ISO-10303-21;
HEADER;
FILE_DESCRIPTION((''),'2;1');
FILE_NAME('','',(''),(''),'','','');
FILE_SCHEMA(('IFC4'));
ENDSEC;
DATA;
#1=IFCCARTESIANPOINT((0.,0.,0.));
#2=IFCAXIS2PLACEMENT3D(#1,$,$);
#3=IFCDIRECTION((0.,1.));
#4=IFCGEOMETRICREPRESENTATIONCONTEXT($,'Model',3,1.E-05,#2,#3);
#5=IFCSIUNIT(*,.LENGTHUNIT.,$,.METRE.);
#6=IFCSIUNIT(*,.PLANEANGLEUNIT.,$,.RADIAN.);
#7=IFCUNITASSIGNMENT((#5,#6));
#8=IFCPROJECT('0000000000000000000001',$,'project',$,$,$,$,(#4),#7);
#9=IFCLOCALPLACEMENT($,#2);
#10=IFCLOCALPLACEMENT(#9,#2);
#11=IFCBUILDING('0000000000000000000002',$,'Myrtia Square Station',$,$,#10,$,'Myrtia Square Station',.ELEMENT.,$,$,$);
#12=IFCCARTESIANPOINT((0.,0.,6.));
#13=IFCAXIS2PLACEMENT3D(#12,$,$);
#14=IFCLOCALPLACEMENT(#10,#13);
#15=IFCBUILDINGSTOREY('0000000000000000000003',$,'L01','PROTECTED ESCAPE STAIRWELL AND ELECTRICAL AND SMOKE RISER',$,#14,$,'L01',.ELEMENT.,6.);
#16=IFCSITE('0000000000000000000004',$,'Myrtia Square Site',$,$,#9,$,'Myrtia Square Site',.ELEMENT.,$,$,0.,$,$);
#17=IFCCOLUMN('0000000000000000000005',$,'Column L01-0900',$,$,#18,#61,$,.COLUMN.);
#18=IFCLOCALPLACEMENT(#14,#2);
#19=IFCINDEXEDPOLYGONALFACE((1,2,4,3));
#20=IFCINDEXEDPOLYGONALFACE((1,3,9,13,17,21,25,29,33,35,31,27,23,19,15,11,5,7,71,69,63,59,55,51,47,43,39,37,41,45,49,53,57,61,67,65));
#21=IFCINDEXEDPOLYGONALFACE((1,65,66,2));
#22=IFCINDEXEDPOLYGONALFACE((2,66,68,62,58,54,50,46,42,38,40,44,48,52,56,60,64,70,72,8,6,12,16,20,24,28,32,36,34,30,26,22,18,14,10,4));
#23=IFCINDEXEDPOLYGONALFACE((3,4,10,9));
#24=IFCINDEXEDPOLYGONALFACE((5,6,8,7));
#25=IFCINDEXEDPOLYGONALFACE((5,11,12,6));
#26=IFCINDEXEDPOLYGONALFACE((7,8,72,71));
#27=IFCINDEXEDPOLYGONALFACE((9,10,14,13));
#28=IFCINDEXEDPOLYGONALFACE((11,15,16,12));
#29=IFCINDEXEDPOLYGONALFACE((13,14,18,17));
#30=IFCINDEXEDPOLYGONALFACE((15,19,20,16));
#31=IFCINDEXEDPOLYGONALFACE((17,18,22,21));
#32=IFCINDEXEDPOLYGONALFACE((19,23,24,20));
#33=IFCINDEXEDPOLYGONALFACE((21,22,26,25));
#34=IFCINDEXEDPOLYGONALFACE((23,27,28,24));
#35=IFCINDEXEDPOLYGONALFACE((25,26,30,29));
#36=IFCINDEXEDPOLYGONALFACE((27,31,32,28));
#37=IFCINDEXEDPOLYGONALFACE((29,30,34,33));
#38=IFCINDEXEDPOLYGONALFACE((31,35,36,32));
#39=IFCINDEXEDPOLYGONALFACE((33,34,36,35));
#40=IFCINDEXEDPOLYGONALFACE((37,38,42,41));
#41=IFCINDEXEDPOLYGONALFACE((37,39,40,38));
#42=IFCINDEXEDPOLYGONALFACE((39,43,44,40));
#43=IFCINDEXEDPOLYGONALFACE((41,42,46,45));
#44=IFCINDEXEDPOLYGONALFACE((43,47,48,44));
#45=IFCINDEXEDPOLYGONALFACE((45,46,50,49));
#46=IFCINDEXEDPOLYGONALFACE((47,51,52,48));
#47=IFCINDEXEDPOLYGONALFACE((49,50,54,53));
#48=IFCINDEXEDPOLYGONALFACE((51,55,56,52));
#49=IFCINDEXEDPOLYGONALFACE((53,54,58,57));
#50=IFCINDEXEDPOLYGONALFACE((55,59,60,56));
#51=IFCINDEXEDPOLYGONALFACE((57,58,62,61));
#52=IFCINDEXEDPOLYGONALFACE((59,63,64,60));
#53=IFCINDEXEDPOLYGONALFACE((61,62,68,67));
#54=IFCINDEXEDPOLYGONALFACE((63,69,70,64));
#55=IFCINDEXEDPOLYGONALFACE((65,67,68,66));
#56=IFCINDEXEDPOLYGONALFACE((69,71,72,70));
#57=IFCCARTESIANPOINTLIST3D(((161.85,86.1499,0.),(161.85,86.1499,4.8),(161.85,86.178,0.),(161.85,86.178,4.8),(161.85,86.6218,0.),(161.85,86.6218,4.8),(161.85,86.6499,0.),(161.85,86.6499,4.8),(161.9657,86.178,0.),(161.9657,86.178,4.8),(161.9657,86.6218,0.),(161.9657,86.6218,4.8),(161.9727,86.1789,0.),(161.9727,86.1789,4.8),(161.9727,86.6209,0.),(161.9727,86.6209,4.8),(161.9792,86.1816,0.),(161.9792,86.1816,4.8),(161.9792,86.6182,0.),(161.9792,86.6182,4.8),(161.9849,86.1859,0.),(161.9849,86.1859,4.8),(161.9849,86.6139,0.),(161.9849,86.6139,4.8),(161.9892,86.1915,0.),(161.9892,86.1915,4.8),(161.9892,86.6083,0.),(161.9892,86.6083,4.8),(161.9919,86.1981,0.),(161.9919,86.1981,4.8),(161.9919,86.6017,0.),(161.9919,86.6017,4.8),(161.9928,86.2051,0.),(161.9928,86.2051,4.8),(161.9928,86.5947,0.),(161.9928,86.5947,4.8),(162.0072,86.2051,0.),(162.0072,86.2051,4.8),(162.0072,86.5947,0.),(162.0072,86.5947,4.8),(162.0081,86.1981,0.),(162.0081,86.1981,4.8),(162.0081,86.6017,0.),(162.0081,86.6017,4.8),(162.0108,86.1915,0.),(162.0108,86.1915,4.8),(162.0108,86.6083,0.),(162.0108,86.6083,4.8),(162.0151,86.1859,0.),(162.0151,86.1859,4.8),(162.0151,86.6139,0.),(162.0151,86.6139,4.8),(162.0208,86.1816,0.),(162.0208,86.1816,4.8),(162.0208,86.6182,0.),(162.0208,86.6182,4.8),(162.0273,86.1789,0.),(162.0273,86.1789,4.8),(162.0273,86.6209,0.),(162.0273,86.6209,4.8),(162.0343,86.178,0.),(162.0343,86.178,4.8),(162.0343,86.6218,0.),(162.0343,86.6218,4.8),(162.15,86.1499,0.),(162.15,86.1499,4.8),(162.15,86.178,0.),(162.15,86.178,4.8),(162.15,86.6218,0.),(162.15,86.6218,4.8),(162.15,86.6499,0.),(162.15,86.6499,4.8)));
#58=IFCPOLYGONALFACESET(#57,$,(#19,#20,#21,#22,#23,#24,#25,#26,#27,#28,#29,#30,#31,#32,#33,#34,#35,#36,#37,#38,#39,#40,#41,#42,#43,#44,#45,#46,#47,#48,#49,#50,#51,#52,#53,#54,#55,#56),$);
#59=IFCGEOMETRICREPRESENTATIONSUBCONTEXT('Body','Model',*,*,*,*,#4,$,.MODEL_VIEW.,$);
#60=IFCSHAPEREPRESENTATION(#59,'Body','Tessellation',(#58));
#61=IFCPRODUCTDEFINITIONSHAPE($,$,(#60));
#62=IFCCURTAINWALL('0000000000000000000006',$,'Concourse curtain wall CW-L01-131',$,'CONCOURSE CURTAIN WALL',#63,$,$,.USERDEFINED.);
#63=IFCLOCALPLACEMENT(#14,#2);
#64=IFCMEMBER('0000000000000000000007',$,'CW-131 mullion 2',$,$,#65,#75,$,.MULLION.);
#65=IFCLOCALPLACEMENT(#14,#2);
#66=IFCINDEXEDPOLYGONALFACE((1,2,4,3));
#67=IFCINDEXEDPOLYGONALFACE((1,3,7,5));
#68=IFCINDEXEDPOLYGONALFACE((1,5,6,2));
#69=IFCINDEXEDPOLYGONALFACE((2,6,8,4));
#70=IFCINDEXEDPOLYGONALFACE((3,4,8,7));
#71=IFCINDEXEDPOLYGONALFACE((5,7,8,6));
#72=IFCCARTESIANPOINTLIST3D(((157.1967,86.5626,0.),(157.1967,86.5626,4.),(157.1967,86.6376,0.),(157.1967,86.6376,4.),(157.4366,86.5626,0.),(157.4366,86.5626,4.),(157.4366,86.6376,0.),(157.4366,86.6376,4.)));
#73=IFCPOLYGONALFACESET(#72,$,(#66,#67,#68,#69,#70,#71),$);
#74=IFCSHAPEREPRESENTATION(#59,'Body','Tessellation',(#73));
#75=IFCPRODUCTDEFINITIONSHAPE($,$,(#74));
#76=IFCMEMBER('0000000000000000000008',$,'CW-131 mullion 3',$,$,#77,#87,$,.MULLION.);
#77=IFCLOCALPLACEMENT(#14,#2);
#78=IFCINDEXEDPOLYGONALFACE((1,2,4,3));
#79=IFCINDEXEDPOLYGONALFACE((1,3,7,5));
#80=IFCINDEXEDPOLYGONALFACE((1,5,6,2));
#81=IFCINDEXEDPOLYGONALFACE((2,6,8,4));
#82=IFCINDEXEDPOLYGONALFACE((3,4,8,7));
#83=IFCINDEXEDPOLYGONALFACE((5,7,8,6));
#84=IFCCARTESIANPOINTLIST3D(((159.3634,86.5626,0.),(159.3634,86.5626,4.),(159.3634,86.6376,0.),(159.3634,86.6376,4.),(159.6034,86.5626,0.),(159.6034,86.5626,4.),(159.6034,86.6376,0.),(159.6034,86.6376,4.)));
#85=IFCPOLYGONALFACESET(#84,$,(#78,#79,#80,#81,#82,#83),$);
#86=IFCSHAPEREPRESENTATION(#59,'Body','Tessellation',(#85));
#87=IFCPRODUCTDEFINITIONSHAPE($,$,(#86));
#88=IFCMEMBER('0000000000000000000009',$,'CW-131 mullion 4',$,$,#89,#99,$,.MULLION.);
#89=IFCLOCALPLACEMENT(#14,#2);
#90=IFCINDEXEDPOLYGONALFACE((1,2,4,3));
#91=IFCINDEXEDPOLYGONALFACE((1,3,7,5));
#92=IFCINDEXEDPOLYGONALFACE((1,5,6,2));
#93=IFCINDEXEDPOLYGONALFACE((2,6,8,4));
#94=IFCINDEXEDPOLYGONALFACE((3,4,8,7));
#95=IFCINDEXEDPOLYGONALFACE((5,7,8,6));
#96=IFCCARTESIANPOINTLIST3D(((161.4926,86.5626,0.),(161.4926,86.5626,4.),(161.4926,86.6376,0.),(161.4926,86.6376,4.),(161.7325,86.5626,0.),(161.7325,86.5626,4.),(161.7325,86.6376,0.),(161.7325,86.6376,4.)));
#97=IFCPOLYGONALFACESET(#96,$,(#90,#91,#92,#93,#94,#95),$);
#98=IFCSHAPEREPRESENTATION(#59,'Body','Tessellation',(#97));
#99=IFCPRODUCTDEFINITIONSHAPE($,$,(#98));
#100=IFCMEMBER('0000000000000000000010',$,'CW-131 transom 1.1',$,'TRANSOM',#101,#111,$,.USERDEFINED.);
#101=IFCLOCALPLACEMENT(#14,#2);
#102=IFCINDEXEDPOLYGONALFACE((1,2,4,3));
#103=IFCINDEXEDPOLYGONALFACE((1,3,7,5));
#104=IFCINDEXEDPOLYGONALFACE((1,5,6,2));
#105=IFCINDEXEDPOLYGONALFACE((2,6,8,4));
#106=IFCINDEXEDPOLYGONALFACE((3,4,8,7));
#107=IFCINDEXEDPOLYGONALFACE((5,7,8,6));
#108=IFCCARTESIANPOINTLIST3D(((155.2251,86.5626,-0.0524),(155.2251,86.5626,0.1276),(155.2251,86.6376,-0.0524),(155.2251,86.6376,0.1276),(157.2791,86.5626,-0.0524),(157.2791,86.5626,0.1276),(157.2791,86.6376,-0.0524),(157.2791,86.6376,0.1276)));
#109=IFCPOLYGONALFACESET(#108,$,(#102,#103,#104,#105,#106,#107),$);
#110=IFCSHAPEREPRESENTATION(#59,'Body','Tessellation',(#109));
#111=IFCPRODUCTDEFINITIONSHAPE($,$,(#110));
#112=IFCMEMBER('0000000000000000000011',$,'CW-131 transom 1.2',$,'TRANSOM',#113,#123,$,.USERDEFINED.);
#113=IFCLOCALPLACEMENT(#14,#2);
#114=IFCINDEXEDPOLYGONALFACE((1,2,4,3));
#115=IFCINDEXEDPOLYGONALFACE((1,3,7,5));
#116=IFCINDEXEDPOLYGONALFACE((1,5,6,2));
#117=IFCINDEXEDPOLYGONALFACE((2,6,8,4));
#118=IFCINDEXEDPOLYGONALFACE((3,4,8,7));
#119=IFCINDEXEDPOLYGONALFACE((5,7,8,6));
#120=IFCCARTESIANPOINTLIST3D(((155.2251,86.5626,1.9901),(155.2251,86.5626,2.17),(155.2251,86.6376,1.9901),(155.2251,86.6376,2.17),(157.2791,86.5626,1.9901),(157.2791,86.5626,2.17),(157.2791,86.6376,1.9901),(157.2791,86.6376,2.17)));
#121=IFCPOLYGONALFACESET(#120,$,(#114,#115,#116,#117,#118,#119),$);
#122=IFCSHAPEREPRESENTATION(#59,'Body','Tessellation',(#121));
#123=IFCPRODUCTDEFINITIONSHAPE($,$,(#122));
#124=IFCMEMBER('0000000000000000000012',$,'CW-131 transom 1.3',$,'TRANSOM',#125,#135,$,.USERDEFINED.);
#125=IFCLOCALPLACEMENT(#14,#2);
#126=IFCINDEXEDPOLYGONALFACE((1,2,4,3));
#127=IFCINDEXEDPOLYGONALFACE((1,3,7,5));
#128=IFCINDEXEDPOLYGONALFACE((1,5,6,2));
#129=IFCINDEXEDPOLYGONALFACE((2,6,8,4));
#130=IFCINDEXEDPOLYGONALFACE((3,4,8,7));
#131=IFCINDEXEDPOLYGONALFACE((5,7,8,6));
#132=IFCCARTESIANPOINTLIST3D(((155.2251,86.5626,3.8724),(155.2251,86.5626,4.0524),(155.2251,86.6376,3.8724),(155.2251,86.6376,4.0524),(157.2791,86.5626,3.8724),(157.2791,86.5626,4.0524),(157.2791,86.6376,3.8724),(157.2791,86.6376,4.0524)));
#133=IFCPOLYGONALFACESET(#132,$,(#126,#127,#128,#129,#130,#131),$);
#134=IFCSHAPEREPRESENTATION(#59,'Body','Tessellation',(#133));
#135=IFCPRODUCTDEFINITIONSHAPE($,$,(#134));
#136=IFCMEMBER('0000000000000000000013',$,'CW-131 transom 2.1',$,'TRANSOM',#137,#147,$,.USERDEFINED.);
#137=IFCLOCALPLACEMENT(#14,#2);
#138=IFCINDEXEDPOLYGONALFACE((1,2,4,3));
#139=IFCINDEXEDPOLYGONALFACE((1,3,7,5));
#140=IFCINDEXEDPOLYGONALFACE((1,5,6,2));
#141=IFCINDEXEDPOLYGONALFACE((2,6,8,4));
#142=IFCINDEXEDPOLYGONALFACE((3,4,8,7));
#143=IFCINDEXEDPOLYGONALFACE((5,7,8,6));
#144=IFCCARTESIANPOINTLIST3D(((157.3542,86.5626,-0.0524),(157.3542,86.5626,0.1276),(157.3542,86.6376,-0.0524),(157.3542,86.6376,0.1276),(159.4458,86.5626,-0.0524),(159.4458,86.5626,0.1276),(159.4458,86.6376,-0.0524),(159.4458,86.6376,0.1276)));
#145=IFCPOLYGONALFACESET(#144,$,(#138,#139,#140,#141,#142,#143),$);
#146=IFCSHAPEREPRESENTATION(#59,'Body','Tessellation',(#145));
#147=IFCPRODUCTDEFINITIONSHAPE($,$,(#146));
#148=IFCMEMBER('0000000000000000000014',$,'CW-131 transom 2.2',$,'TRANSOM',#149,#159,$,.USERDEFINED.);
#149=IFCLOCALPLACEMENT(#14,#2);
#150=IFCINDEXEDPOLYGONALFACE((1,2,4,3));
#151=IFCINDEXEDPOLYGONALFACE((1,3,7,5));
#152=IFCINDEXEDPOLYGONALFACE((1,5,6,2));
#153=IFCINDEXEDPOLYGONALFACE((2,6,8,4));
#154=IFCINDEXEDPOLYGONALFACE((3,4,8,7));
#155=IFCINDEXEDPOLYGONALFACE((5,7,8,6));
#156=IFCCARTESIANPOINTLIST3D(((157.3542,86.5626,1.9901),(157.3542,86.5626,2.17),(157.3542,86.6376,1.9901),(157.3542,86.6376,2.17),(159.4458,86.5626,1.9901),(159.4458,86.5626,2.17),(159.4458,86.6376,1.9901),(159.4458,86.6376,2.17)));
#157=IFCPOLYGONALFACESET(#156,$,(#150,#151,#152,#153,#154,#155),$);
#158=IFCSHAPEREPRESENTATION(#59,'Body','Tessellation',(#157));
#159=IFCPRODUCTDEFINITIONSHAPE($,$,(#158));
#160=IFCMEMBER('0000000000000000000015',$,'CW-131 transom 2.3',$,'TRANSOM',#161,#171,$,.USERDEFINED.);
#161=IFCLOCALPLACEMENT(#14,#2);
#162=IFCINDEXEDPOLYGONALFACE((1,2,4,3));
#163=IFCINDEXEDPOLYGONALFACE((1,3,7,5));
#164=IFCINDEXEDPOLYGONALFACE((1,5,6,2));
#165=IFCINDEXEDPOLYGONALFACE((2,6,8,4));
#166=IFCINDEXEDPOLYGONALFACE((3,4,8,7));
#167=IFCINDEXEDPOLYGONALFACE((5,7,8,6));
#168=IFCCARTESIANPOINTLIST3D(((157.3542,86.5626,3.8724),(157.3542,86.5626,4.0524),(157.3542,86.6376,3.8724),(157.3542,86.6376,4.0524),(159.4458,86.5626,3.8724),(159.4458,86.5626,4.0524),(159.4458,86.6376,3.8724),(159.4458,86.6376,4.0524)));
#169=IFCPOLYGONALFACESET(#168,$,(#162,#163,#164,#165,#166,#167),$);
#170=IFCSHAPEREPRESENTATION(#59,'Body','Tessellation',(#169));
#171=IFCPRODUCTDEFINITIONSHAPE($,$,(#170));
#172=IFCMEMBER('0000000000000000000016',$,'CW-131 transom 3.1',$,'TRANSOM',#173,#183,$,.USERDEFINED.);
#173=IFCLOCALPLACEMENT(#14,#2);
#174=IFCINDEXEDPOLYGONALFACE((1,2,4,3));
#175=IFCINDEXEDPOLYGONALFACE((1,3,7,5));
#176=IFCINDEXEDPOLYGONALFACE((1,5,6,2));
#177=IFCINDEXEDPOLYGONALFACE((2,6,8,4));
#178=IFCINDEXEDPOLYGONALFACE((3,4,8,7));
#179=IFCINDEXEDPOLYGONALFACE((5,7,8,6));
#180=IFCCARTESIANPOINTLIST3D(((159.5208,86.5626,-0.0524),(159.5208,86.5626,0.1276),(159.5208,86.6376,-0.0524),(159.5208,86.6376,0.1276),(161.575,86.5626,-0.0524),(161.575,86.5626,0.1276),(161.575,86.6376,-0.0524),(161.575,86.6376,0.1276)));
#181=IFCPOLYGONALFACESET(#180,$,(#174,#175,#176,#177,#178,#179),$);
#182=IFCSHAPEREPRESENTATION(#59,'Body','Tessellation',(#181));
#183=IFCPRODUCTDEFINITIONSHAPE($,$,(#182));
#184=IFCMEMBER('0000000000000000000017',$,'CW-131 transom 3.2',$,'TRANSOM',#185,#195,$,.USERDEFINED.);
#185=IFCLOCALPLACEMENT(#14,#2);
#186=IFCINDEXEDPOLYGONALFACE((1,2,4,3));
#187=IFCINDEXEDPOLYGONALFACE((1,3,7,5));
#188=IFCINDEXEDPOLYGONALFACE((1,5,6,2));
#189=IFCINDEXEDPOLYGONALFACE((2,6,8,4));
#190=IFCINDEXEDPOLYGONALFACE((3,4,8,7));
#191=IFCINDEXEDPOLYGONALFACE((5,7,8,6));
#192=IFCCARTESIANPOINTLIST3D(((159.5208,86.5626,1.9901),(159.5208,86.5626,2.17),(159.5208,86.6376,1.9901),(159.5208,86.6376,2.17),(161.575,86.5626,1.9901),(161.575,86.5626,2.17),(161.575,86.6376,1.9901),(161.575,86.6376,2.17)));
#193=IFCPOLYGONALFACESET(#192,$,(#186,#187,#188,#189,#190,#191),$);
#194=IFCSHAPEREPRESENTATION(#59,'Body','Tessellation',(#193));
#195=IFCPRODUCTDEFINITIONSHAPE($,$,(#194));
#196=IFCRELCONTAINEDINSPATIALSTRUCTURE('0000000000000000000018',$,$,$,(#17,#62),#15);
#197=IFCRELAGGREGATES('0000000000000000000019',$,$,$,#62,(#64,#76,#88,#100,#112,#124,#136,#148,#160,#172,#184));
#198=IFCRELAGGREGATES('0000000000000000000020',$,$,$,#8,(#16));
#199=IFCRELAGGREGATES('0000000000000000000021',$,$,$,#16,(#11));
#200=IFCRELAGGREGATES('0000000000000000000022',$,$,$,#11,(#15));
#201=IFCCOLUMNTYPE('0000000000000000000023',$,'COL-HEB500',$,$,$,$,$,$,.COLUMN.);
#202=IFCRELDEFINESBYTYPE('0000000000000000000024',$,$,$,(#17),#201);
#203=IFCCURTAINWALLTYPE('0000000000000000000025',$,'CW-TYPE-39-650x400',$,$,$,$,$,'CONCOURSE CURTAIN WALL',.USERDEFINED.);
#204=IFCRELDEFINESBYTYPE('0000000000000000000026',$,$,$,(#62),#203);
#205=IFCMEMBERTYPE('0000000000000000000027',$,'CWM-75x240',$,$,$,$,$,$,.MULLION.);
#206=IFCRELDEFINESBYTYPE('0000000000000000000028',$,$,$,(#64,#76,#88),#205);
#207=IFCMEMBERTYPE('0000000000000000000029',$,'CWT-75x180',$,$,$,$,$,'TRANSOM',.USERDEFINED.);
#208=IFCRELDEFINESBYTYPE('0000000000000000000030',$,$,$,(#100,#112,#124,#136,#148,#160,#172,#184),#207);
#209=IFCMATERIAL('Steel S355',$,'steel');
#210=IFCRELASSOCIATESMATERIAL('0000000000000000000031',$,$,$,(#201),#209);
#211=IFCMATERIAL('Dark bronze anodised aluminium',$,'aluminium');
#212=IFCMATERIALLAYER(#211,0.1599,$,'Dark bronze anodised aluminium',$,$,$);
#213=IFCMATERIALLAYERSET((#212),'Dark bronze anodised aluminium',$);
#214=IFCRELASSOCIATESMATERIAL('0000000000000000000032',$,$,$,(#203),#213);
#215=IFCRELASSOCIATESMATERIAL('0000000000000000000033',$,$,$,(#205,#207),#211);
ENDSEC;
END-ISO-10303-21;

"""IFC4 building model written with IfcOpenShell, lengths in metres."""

from ifc_helpers import new_model, si_unit, direction, frame, origin, origin_2d, place, context, subcontext, project, spatial, rectangle, i_section, extrude, material, layer, layer_set, material_profile, profile_set, type_object, element, aggregate, save


model = new_model("IFC4")

# Units and contexts
model_context = context("Model", 3, precision=1e-05, world=origin(), true_north=direction((0.0, 1.0)))
body_context = subcontext(model_context, "Body", "Model", "MODEL_VIEW")
ifc_project = project(units=[si_unit("LENGTHUNIT", "METRE"), si_unit("PLANEANGLEUNIT", "RADIAN")], contexts=[model_context])

# Site, building, storey
site_placement = place(None, origin())
site = spatial("IfcSite", under=ifc_project, at=site_placement, Name="Myrtia Square Site", LongName="Myrtia Square Site", CompositionType="ELEMENT", RefElevation=0.0)
building_placement = place(site_placement, origin())
building = spatial("IfcBuilding", under=site, at=building_placement, Name="Myrtia Square Station", LongName="Myrtia Square Station", CompositionType="ELEMENT")
storey_placement = place(building_placement, frame((0.0, 0.0, 6.0)))
storey = spatial("IfcBuildingStorey", under=building, at=storey_placement, Name="L01", Description="PROTECTED ESCAPE STAIRWELL AND ELECTRICAL AND SMOKE RISER", LongName="L01", CompositionType="ELEMENT", Elevation=6.0)

# Column
ifc_material_1 = material(Name="Steel S355", Category="steel")
ifc_material_profile_1 = material_profile(ifc_material_1, i_section(OverallWidth=0.3, OverallDepth=0.5, WebThickness=0.0144, FlangeThickness=0.0281, FilletRadius=0.0271, at=origin_2d()), Name="HEB 500")
ifc_profile_set_1 = profile_set([ifc_material_profile_1], Name="Steel S355")
column_type = type_object("IfcColumnType", Name="COL-HEB500", PredefinedType="COLUMN", material=ifc_profile_set_1)
column_placement = place(storey_placement, frame((162.0, 86.3999, 0.0), z_axis=(0.0, 0.0, 1.0), x_axis=(1.0, 0.0, 0.0)))
element("IfcColumn", 1, at=column_placement, inside=storey, type_object=column_type, Name="Column L01-0900", PredefinedType="COLUMN", context=body_context, shape_type="SweptSolid", body=[
    extrude(i_section(OverallWidth=0.3, OverallDepth=0.5, WebThickness=0.0144, FlangeThickness=0.0281, FilletRadius=0.0271, at=origin_2d()), origin(), (0.0, 0.0, 1.0), 4.8),
])

# Curtain wall, members
ifc_material_2 = material(Name="Dark bronze anodised aluminium", Category="aluminium")
ifc_layer_1 = layer(ifc_material_2, 0.1599, Name="Dark bronze anodised aluminium")
ifc_layer_set_1 = layer_set([ifc_layer_1], Name="Dark bronze anodised aluminium")
curtain_wall_type = type_object("IfcCurtainWallType", Name="CW-TYPE-39-650x400", ElementType="CONCOURSE CURTAIN WALL", PredefinedType="USERDEFINED", material=ifc_layer_set_1)
curtain_wall_placement = place(storey_placement, origin())
curtain_wall = element("IfcCurtainWall", 2, at=curtain_wall_placement, inside=storey, type_object=curtain_wall_type, Name="Concourse curtain wall CW-L01-131", ObjectType="CONCOURSE CURTAIN WALL", PredefinedType="USERDEFINED")
ifc_material_profile_2 = material_profile(ifc_material_2, rectangle(XDim=0.075, YDim=0.24, at=origin_2d()), Name="ALU-M 75x240")
ifc_profile_set_2 = profile_set([ifc_material_profile_2], Name="Dark bronze anodised aluminium")
member_type_1 = type_object("IfcMemberType", Name="CWM-75x240", PredefinedType="MULLION", material=ifc_profile_set_2)
member_1_placement = place(storey_placement, frame((157.3167, 86.6001, 0.0), z_axis=(0.0, 0.0, 1.0), x_axis=(0.0, 1.0, 0.0)))
member_1 = element("IfcMember", 3, at=member_1_placement, type_object=member_type_1, Name="CW-131 mullion 2", PredefinedType="MULLION", context=body_context, shape_type="SweptSolid", body=[
    extrude(rectangle(XDim=0.075, YDim=0.24, at=origin_2d()), origin(), (0.0, 0.0, 1.0), 4.0),
])
member_2_placement = place(storey_placement, frame((159.4834, 86.6001, 0.0), z_axis=(0.0, 0.0, 1.0), x_axis=(0.0, 1.0, 0.0)))
member_2 = element("IfcMember", 4, at=member_2_placement, type_object=member_type_1, Name="CW-131 mullion 3", PredefinedType="MULLION", context=body_context, shape_type="SweptSolid", body=[
    extrude(rectangle(XDim=0.075, YDim=0.24, at=origin_2d()), origin(), (0.0, 0.0, 1.0), 4.0),
])
member_3_placement = place(storey_placement, frame((161.6125, 86.6001, 0.0), z_axis=(0.0, 0.0, 1.0), x_axis=(0.0, 1.0, 0.0)))
member_3 = element("IfcMember", 5, at=member_3_placement, type_object=member_type_1, Name="CW-131 mullion 4", PredefinedType="MULLION", context=body_context, shape_type="SweptSolid", body=[
    extrude(rectangle(XDim=0.075, YDim=0.24, at=origin_2d()), origin(), (0.0, 0.0, 1.0), 4.0),
])
ifc_material_profile_3 = material_profile(ifc_material_2, rectangle(XDim=0.075, YDim=0.1799, at=origin_2d()), Name="ALU-T 75x180")
ifc_profile_set_3 = profile_set([ifc_material_profile_3], Name="Dark bronze anodised aluminium")
member_type_2 = type_object("IfcMemberType", Name="CWT-75x180", ElementType="TRANSOM", PredefinedType="USERDEFINED", material=ifc_profile_set_3)
member_4_placement = place(storey_placement, frame((155.2251, 86.6001, 0.0376), z_axis=(1.0, 0.0, 0.0), x_axis=(0.0, 1.0, 0.0)))
member_4 = element("IfcMember", 6, at=member_4_placement, type_object=member_type_2, Name="CW-131 transom 1.1", ObjectType="TRANSOM", PredefinedType="USERDEFINED", context=body_context, shape_type="SweptSolid", body=[
    extrude(rectangle(XDim=0.075, YDim=0.1799, at=origin_2d()), origin(), (0.0, 0.0, 1.0), 2.054),
])
member_5_placement = place(storey_placement, frame((155.2251, 86.6001, 2.0801), z_axis=(1.0, 0.0, 0.0), x_axis=(0.0, 1.0, 0.0)))
member_5 = element("IfcMember", 7, at=member_5_placement, type_object=member_type_2, Name="CW-131 transom 1.2", ObjectType="TRANSOM", PredefinedType="USERDEFINED", context=body_context, shape_type="SweptSolid", body=[
    extrude(rectangle(XDim=0.075, YDim=0.1799, at=origin_2d()), origin(), (0.0, 0.0, 1.0), 2.054),
])
member_6_placement = place(storey_placement, frame((155.2251, 86.6001, 3.9624), z_axis=(1.0, 0.0, 0.0), x_axis=(0.0, 1.0, 0.0)))
member_6 = element("IfcMember", 8, at=member_6_placement, type_object=member_type_2, Name="CW-131 transom 1.3", ObjectType="TRANSOM", PredefinedType="USERDEFINED", context=body_context, shape_type="SweptSolid", body=[
    extrude(rectangle(XDim=0.075, YDim=0.1799, at=origin_2d()), origin(), (0.0, 0.0, 1.0), 2.054),
])
member_7_placement = place(storey_placement, frame((157.3542, 86.6001, 0.0376), z_axis=(1.0, 0.0, 0.0), x_axis=(0.0, 1.0, 0.0)))
member_7 = element("IfcMember", 9, at=member_7_placement, type_object=member_type_2, Name="CW-131 transom 2.1", ObjectType="TRANSOM", PredefinedType="USERDEFINED", context=body_context, shape_type="SweptSolid", body=[
    extrude(rectangle(XDim=0.075, YDim=0.1799, at=origin_2d()), origin(), (0.0, 0.0, 1.0), 2.0916),
])
member_8_placement = place(storey_placement, frame((157.3542, 86.6001, 2.0801), z_axis=(1.0, 0.0, 0.0), x_axis=(0.0, 1.0, 0.0)))
member_8 = element("IfcMember", 10, at=member_8_placement, type_object=member_type_2, Name="CW-131 transom 2.2", ObjectType="TRANSOM", PredefinedType="USERDEFINED", context=body_context, shape_type="SweptSolid", body=[
    extrude(rectangle(XDim=0.075, YDim=0.1799, at=origin_2d()), origin(), (0.0, 0.0, 1.0), 2.0916),
])
member_9_placement = place(storey_placement, frame((157.3542, 86.6001, 3.9624), z_axis=(1.0, 0.0, 0.0), x_axis=(0.0, 1.0, 0.0)))
member_9 = element("IfcMember", 11, at=member_9_placement, type_object=member_type_2, Name="CW-131 transom 2.3", ObjectType="TRANSOM", PredefinedType="USERDEFINED", context=body_context, shape_type="SweptSolid", body=[
    extrude(rectangle(XDim=0.075, YDim=0.1799, at=origin_2d()), origin(), (0.0, 0.0, 1.0), 2.0916),
])
member_10_placement = place(storey_placement, frame((159.5208, 86.6001, 0.0376), z_axis=(1.0, 0.0, 0.0), x_axis=(0.0, 1.0, 0.0)))
member_10 = element("IfcMember", 12, at=member_10_placement, type_object=member_type_2, Name="CW-131 transom 3.1", ObjectType="TRANSOM", PredefinedType="USERDEFINED", context=body_context, shape_type="SweptSolid", body=[
    extrude(rectangle(XDim=0.075, YDim=0.1799, at=origin_2d()), origin(), (0.0, 0.0, 1.0), 2.0542),
])
member_11_placement = place(storey_placement, frame((159.5208, 86.6001, 2.0801), z_axis=(1.0, 0.0, 0.0), x_axis=(0.0, 1.0, 0.0)))
member_11 = element("IfcMember", 13, at=member_11_placement, type_object=member_type_2, Name="CW-131 transom 3.2", ObjectType="TRANSOM", PredefinedType="USERDEFINED", context=body_context, shape_type="SweptSolid", body=[
    extrude(rectangle(XDim=0.075, YDim=0.1799, at=origin_2d()), origin(), (0.0, 0.0, 1.0), 2.0542),
])
aggregate(curtain_wall, [member_1, member_2, member_3, member_4, member_5, member_6, member_7, member_8, member_9, member_10, member_11])

save(model, "model.ifc")
